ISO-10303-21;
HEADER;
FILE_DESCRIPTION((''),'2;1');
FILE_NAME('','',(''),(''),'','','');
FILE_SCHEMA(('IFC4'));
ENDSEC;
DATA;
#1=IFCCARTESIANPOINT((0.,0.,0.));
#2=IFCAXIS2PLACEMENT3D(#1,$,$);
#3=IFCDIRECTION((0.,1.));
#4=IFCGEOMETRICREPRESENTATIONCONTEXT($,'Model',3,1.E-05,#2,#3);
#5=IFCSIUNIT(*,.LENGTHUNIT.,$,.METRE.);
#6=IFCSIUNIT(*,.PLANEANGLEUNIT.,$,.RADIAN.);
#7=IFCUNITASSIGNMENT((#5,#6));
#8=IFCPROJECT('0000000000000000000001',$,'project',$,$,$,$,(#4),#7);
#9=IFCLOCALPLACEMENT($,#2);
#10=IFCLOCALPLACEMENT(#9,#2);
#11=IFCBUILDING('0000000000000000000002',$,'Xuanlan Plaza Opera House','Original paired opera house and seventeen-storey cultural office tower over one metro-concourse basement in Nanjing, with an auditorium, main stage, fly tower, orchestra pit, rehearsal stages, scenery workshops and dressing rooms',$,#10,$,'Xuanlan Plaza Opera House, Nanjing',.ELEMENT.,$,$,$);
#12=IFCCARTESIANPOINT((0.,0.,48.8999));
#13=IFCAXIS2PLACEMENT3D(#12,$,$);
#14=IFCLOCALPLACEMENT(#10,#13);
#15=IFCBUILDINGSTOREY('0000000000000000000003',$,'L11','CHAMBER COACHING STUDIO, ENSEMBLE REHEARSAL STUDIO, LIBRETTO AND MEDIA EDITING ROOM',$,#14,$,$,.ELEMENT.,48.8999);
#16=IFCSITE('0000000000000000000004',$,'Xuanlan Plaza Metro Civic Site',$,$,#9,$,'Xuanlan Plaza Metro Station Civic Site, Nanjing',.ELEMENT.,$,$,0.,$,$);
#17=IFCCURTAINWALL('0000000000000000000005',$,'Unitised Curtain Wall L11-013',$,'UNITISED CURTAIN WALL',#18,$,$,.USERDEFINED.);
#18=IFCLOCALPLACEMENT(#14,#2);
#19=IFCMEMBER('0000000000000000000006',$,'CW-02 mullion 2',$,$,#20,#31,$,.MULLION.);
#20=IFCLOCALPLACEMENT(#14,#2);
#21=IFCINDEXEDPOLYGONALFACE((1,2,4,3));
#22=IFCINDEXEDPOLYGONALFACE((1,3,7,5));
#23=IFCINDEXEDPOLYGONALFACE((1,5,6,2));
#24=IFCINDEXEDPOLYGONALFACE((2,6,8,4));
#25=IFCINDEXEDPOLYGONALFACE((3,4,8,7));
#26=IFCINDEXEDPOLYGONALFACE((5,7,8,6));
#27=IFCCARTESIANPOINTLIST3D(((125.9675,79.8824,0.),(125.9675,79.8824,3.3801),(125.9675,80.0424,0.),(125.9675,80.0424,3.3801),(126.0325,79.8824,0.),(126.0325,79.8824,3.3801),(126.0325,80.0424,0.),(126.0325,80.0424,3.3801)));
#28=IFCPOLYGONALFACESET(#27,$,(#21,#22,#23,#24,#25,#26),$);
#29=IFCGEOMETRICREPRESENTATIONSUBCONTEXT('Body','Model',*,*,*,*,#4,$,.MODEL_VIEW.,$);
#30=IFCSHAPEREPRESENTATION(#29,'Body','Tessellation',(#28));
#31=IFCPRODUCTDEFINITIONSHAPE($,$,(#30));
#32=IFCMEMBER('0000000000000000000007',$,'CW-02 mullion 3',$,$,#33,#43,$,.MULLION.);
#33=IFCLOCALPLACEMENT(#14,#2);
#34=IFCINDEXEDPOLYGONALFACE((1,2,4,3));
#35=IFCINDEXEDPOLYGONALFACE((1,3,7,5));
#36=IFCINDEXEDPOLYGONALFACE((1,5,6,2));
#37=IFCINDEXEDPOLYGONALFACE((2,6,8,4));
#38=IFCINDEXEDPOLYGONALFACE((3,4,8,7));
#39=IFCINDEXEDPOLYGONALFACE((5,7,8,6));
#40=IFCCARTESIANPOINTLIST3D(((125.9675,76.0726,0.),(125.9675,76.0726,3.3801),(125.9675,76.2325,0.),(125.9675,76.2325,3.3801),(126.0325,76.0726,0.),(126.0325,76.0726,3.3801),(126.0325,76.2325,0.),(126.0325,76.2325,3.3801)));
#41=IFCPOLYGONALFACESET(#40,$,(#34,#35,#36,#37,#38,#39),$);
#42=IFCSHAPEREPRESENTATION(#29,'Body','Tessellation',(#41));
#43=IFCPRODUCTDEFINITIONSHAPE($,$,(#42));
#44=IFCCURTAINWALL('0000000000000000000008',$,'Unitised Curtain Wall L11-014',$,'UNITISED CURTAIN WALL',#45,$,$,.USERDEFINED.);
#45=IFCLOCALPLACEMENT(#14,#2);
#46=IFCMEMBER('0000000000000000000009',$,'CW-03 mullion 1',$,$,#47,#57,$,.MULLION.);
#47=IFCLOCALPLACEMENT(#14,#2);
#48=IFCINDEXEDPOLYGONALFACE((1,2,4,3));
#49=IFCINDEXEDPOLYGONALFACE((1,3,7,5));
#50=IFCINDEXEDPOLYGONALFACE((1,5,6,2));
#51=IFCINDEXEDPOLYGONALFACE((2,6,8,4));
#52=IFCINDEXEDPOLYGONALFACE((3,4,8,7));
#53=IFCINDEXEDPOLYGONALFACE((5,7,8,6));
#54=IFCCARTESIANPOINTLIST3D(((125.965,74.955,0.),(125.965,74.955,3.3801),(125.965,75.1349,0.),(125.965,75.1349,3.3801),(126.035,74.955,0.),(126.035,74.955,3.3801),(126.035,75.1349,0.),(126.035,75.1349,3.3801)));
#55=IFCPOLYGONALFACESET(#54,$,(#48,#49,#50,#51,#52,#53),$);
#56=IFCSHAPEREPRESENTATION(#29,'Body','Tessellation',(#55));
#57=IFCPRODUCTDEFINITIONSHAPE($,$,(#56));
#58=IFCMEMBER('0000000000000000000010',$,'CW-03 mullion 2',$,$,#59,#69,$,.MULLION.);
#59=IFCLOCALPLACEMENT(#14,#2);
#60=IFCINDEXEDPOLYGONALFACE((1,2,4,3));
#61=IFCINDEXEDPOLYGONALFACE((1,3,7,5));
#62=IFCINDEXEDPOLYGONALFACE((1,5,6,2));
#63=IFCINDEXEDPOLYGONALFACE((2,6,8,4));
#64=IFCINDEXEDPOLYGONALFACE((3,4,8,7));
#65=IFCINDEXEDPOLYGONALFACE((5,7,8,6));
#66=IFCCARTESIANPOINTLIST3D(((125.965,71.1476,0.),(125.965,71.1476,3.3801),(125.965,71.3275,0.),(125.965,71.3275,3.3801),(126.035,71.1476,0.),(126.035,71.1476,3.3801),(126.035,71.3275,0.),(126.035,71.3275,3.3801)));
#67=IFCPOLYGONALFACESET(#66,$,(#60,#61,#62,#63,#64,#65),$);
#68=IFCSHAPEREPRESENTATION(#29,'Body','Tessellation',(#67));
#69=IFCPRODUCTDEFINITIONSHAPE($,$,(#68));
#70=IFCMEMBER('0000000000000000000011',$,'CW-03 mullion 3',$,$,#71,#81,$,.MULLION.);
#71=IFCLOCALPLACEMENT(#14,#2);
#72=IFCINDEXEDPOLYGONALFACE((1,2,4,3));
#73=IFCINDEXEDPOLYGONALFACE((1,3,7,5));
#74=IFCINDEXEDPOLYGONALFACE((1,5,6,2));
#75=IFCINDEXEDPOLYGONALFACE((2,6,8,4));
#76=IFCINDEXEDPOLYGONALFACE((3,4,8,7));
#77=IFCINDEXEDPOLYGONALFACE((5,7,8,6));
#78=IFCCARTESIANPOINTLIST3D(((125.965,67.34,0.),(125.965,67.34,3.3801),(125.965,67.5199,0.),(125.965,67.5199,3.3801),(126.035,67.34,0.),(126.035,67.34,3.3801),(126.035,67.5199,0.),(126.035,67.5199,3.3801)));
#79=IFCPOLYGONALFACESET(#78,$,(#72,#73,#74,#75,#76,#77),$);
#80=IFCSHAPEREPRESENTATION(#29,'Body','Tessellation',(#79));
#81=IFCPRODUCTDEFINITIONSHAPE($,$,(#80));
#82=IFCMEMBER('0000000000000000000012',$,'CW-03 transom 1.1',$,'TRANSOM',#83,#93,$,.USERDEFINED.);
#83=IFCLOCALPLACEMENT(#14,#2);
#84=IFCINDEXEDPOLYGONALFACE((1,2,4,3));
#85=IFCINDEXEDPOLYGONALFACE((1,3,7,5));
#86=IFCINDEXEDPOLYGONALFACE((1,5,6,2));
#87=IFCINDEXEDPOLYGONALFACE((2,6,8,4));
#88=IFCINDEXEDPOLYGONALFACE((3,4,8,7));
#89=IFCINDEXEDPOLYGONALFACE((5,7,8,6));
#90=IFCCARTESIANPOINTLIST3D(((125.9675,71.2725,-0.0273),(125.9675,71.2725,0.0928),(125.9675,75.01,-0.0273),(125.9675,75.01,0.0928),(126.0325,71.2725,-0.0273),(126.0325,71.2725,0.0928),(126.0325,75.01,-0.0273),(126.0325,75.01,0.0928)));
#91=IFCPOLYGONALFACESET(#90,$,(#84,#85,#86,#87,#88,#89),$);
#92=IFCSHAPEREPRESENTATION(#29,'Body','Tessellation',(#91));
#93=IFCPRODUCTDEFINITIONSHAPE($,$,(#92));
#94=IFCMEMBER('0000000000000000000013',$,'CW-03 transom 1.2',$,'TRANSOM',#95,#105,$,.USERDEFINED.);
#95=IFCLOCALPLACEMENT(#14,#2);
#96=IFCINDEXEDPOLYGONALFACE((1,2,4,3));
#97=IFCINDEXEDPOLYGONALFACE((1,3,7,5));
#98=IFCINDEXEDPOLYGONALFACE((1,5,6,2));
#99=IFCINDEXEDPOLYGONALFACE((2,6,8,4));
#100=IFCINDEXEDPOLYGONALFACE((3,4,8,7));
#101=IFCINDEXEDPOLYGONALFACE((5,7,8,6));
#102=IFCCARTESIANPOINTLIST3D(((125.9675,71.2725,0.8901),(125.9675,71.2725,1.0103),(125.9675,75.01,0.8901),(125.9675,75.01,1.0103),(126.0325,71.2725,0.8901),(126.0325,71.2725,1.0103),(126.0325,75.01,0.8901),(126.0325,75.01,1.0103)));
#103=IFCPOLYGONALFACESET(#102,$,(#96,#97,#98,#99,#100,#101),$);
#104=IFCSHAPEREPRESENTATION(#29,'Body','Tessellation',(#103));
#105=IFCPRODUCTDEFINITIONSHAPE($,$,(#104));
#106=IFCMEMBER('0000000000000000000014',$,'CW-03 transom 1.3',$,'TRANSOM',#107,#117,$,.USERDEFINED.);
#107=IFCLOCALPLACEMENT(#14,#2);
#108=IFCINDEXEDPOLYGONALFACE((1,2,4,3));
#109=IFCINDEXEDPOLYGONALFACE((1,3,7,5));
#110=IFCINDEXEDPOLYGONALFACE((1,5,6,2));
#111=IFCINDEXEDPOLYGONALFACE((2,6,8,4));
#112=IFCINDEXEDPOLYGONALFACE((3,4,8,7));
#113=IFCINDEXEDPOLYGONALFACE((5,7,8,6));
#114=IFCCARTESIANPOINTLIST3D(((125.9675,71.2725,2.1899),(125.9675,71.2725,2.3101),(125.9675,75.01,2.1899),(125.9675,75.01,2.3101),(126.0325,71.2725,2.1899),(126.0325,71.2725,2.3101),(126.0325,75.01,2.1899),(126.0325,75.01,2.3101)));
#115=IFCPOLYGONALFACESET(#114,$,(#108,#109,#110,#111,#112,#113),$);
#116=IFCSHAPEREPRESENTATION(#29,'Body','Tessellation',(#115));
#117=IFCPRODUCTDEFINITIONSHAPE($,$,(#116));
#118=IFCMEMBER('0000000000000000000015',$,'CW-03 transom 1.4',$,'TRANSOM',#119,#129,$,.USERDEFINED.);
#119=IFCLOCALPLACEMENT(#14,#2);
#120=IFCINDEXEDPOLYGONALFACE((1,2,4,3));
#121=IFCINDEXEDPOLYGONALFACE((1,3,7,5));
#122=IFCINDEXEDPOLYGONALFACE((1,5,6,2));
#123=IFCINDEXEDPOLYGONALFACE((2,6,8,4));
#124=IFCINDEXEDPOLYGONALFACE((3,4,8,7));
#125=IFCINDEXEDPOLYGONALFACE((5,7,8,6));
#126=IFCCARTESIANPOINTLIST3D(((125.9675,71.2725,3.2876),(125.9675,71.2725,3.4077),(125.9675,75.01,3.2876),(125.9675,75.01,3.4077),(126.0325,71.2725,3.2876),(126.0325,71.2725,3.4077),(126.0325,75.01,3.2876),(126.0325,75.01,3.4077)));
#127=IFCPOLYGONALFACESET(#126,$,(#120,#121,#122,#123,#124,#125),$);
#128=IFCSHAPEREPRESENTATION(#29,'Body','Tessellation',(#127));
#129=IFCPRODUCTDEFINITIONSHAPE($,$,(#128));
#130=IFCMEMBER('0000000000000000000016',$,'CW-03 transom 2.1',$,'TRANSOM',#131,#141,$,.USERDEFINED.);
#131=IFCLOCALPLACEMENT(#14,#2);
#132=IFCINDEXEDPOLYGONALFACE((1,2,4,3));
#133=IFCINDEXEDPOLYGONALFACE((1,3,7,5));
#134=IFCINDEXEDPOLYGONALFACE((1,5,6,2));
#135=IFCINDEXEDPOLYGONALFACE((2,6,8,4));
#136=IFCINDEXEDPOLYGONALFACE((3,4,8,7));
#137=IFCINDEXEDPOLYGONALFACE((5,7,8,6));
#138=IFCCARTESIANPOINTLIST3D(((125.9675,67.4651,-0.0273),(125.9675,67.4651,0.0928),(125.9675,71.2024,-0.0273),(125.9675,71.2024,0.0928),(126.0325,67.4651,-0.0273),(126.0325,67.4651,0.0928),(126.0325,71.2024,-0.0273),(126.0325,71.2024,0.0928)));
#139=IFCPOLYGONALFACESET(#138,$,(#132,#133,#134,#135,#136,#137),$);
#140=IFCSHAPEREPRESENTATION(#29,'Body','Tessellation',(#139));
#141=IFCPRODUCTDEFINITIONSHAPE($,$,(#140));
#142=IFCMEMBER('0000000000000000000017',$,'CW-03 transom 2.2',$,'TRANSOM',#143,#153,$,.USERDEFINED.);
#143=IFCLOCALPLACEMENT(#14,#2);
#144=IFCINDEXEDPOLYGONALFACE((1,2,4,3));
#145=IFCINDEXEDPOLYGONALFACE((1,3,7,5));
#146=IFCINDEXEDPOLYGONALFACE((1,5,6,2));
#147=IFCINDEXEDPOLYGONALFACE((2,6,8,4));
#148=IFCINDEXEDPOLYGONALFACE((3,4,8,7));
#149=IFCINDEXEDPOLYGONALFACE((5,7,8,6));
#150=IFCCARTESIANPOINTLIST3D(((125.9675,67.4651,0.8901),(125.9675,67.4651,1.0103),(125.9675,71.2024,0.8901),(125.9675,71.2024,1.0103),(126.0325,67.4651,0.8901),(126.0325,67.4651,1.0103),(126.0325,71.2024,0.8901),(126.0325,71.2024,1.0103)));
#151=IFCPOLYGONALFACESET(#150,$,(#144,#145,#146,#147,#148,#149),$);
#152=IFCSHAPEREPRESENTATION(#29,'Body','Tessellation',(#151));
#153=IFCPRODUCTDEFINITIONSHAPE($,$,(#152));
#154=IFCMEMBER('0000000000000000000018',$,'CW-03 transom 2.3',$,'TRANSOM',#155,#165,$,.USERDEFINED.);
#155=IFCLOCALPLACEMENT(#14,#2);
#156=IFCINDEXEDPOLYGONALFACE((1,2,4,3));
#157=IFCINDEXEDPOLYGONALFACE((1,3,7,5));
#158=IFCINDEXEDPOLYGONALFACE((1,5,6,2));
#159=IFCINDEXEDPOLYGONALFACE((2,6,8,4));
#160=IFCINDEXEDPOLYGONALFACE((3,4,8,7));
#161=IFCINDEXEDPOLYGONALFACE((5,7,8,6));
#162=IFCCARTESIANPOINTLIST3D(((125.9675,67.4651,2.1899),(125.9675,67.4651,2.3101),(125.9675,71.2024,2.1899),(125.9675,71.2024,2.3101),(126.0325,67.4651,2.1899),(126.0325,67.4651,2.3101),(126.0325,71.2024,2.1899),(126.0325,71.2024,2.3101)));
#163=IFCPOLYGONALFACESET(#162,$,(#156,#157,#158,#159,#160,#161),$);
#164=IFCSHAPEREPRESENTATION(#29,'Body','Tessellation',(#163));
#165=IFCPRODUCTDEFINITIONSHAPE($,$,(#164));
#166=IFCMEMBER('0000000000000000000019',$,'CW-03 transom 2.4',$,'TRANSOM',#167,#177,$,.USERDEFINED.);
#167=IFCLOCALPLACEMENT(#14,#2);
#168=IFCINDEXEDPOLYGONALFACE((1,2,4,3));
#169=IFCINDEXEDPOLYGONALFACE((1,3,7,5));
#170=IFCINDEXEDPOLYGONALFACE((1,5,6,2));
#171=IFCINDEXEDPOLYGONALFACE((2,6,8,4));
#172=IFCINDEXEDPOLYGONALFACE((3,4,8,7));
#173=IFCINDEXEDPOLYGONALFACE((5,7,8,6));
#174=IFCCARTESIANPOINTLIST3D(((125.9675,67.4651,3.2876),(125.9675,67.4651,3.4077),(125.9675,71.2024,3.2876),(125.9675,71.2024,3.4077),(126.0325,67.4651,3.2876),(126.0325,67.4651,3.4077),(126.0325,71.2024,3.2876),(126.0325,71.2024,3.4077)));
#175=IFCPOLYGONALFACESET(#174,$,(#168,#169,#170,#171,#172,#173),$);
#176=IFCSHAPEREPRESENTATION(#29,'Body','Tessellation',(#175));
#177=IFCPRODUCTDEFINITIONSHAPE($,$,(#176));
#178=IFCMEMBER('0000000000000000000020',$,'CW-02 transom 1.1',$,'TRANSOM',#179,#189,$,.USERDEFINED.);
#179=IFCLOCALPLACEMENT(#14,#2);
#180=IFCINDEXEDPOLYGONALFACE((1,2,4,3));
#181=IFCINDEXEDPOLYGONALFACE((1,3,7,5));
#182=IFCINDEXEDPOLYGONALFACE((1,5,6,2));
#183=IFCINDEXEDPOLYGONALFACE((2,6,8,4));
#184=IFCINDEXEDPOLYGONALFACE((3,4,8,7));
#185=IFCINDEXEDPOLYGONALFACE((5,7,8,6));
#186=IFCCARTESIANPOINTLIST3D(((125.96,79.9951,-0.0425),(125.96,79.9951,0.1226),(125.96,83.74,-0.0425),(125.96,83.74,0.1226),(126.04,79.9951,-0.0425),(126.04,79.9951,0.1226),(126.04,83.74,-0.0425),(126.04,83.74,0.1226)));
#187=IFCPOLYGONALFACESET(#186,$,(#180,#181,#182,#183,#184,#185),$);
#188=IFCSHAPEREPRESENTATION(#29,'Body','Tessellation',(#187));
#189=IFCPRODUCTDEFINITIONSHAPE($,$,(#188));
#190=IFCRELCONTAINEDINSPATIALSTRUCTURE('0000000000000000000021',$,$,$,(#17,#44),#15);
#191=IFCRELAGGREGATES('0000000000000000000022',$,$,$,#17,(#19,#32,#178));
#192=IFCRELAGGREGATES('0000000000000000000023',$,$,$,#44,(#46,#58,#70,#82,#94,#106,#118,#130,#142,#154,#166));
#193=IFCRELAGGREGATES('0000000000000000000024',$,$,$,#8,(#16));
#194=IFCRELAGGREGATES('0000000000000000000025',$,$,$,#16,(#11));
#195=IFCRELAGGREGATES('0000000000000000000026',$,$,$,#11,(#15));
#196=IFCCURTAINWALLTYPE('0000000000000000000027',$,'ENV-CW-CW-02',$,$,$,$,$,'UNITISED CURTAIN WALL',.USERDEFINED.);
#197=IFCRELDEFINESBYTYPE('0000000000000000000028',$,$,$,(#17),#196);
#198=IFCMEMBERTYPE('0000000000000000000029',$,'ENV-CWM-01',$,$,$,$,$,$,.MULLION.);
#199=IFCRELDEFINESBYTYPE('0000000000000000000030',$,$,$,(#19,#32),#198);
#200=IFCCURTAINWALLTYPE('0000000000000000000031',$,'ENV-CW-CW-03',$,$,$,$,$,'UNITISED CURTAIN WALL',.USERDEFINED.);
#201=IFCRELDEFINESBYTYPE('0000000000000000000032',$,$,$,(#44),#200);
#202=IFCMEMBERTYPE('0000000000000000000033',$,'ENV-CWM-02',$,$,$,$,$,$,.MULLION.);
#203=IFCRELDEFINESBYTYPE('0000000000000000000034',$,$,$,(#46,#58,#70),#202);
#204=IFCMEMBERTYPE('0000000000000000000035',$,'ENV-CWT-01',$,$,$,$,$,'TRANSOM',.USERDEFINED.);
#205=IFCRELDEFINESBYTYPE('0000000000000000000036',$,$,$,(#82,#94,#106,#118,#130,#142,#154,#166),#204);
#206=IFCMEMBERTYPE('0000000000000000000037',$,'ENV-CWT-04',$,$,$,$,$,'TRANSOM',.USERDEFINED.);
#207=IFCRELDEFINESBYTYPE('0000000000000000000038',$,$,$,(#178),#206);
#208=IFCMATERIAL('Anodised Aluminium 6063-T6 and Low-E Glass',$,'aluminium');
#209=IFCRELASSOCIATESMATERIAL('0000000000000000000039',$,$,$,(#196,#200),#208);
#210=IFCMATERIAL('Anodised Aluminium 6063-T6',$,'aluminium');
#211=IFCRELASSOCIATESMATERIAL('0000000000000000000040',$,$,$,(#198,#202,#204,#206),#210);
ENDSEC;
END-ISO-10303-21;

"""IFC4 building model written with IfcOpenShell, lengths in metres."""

from ifc_helpers import new_model, si_unit, direction, frame, origin, origin_2d, place, context, subcontext, project, spatial, rectangle, extrude, material, material_profile, profile_set, type_object, element, aggregate, save


model = new_model("IFC4")

# Units and contexts
model_context = context("Model", 3, precision=1e-05, world=origin(), true_north=direction((0.0, 1.0)))
body_context = subcontext(model_context, "Body", "Model", "MODEL_VIEW")
ifc_project = project(units=[si_unit("LENGTHUNIT", "METRE"), si_unit("PLANEANGLEUNIT", "RADIAN")], contexts=[model_context])

# Site, building, storey
site_placement = place(None, origin())
site = spatial("IfcSite", under=ifc_project, at=site_placement, Name="Xuanlan Plaza Metro Civic Site", LongName="Xuanlan Plaza Metro Station Civic Site, Nanjing", CompositionType="ELEMENT", RefElevation=0.0)
building_placement = place(site_placement, origin())
building = spatial("IfcBuilding", under=site, at=building_placement, Name="Xuanlan Plaza Opera House", Description="Original paired opera house and seventeen-storey cultural office tower over one metro-concourse basement in Nanjing, with an auditorium, main stage, fly tower, orchestra pit, rehearsal stages, scenery workshops and dressing rooms", LongName="Xuanlan Plaza Opera House, Nanjing", CompositionType="ELEMENT")
storey_placement = place(building_placement, frame((0.0, 0.0, 48.8999)))
storey = spatial("IfcBuildingStorey", under=building, at=storey_placement, Name="L11", Description="CHAMBER COACHING STUDIO, ENSEMBLE REHEARSAL STUDIO, LIBRETTO AND MEDIA EDITING ROOM", CompositionType="ELEMENT", Elevation=48.8999)

# Curtain walls, members
ifc_material_1 = material(Name="Anodised Aluminium 6063-T6 and Low-E Glass", Category="aluminium")
curtain_wall_type_1 = type_object("IfcCurtainWallType", Name="ENV-CW-CW-02", ElementType="UNITISED CURTAIN WALL", PredefinedType="USERDEFINED", material=ifc_material_1)
curtain_wall_1_placement = place(storey_placement, origin())
curtain_wall_1 = element("IfcCurtainWall", 1, at=curtain_wall_1_placement, inside=storey, type_object=curtain_wall_type_1, Name="Unitised Curtain Wall L11-013", ObjectType="UNITISED CURTAIN WALL", PredefinedType="USERDEFINED")
ifc_material_2 = material(Name="Anodised Aluminium 6063-T6", Category="aluminium")
ifc_material_profile_1 = material_profile(ifc_material_2, rectangle(XDim=0.0649, YDim=0.1599, at=origin_2d()), Name="ALU-M 65x160")
ifc_profile_set_1 = profile_set([ifc_material_profile_1], Name="Anodised Aluminium 6063-T6")
member_type_1 = type_object("IfcMemberType", Name="ENV-CWM-01", PredefinedType="MULLION", material=ifc_profile_set_1)
member_1_placement = place(storey_placement, frame((126.0, 79.9624, 0.0), z_axis=(0.0, 0.0, 1.0), x_axis=(1.0, 0.0, 0.0)))
member_1 = element("IfcMember", 2, at=member_1_placement, type_object=member_type_1, Name="CW-02 mullion 2", PredefinedType="MULLION", context=body_context, shape_type="SweptSolid", body=[
    extrude(rectangle(XDim=0.0649, YDim=0.1599, at=origin_2d()), origin(), (0.0, 0.0, 1.0), 3.3801),
])
member_2_placement = place(storey_placement, frame((126.0, 76.1526, 0.0), z_axis=(0.0, 0.0, 1.0), x_axis=(1.0, 0.0, 0.0)))
member_2 = element("IfcMember", 3, at=member_2_placement, type_object=member_type_1, Name="CW-02 mullion 3", PredefinedType="MULLION", context=body_context, shape_type="SweptSolid", body=[
    extrude(rectangle(XDim=0.0649, YDim=0.1599, at=origin_2d()), origin(), (0.0, 0.0, 1.0), 3.3801),
])
curtain_wall_type_2 = type_object("IfcCurtainWallType", Name="ENV-CW-CW-03", ElementType="UNITISED CURTAIN WALL", PredefinedType="USERDEFINED", material=ifc_material_1)
curtain_wall_2_placement = place(storey_placement, origin())
curtain_wall_2 = element("IfcCurtainWall", 4, at=curtain_wall_2_placement, inside=storey, type_object=curtain_wall_type_2, Name="Unitised Curtain Wall L11-014", ObjectType="UNITISED CURTAIN WALL", PredefinedType="USERDEFINED")
ifc_material_profile_2 = material_profile(ifc_material_2, rectangle(XDim=0.0701, YDim=0.1799, at=origin_2d()), Name="ALU-M 70x180")
ifc_profile_set_2 = profile_set([ifc_material_profile_2], Name="Anodised Aluminium 6063-T6")
member_type_2 = type_object("IfcMemberType", Name="ENV-CWM-02", PredefinedType="MULLION", material=ifc_profile_set_2)
member_3_placement = place(storey_placement, frame((126.0, 75.0449, 0.0), z_axis=(0.0, 0.0, 1.0), x_axis=(1.0, 0.0, 0.0)))
member_3 = element("IfcMember", 5, at=member_3_placement, type_object=member_type_2, Name="CW-03 mullion 1", PredefinedType="MULLION", context=body_context, shape_type="SweptSolid", body=[
    extrude(rectangle(XDim=0.0701, YDim=0.1799, at=origin_2d()), origin(), (0.0, 0.0, 1.0), 3.3801),
])
member_4_placement = place(storey_placement, frame((126.0, 71.2375, 0.0), z_axis=(0.0, 0.0, 1.0), x_axis=(1.0, 0.0, 0.0)))
member_4 = element("IfcMember", 6, at=member_4_placement, type_object=member_type_2, Name="CW-03 mullion 2", PredefinedType="MULLION", context=body_context, shape_type="SweptSolid", body=[
    extrude(rectangle(XDim=0.0701, YDim=0.1799, at=origin_2d()), origin(), (0.0, 0.0, 1.0), 3.3801),
])
member_5_placement = place(storey_placement, frame((126.0, 67.4299, 0.0), z_axis=(0.0, 0.0, 1.0), x_axis=(1.0, 0.0, 0.0)))
member_5 = element("IfcMember", 7, at=member_5_placement, type_object=member_type_2, Name="CW-03 mullion 3", PredefinedType="MULLION", context=body_context, shape_type="SweptSolid", body=[
    extrude(rectangle(XDim=0.0701, YDim=0.1799, at=origin_2d()), origin(), (0.0, 0.0, 1.0), 3.3801),
])
ifc_material_profile_3 = material_profile(ifc_material_2, rectangle(XDim=0.0649, YDim=0.1201, at=origin_2d()), Name="ALU-T 65x120")
ifc_profile_set_3 = profile_set([ifc_material_profile_3], Name="Anodised Aluminium 6063-T6")
member_type_3 = type_object("IfcMemberType", Name="ENV-CWT-01", ElementType="TRANSOM", PredefinedType="USERDEFINED", material=ifc_profile_set_3)
member_6_placement = place(storey_placement, frame((126.0, 75.01, 0.0327), z_axis=(0.0, -1.0, 0.0), x_axis=(1.0, 0.0, 0.0)))
member_6 = element("IfcMember", 8, at=member_6_placement, type_object=member_type_3, Name="CW-03 transom 1.1", ObjectType="TRANSOM", PredefinedType="USERDEFINED", context=body_context, shape_type="SweptSolid", body=[
    extrude(rectangle(XDim=0.0649, YDim=0.1201, at=origin_2d()), origin(), (0.0, 0.0, 1.0), 3.7375),
])
member_7_placement = place(storey_placement, frame((126.0, 75.01, 0.9502), z_axis=(0.0, -1.0, 0.0), x_axis=(1.0, 0.0, 0.0)))
member_7 = element("IfcMember", 9, at=member_7_placement, type_object=member_type_3, Name="CW-03 transom 1.2", ObjectType="TRANSOM", PredefinedType="USERDEFINED", context=body_context, shape_type="SweptSolid", body=[
    extrude(rectangle(XDim=0.0649, YDim=0.1201, at=origin_2d()), origin(), (0.0, 0.0, 1.0), 3.7375),
])
member_8_placement = place(storey_placement, frame((126.0, 75.01, 2.25), z_axis=(0.0, -1.0, 0.0), x_axis=(1.0, 0.0, 0.0)))
member_8 = element("IfcMember", 10, at=member_8_placement, type_object=member_type_3, Name="CW-03 transom 1.3", ObjectType="TRANSOM", PredefinedType="USERDEFINED", context=body_context, shape_type="SweptSolid", body=[
    extrude(rectangle(XDim=0.0649, YDim=0.1201, at=origin_2d()), origin(), (0.0, 0.0, 1.0), 3.7375),
])
member_9_placement = place(storey_placement, frame((126.0, 75.01, 3.3477), z_axis=(0.0, -1.0, 0.0), x_axis=(1.0, 0.0, 0.0)))
member_9 = element("IfcMember", 11, at=member_9_placement, type_object=member_type_3, Name="CW-03 transom 1.4", ObjectType="TRANSOM", PredefinedType="USERDEFINED", context=body_context, shape_type="SweptSolid", body=[
    extrude(rectangle(XDim=0.0649, YDim=0.1201, at=origin_2d()), origin(), (0.0, 0.0, 1.0), 3.7375),
])
member_10_placement = place(storey_placement, frame((126.0, 71.2024, 0.0327), z_axis=(0.0, -1.0, 0.0), x_axis=(1.0, 0.0, 0.0)))
member_10 = element("IfcMember", 12, at=member_10_placement, type_object=member_type_3, Name="CW-03 transom 2.1", ObjectType="TRANSOM", PredefinedType="USERDEFINED", context=body_context, shape_type="SweptSolid", body=[
    extrude(rectangle(XDim=0.0649, YDim=0.1201, at=origin_2d()), origin(), (0.0, 0.0, 1.0), 3.7373),
])
member_11_placement = place(storey_placement, frame((126.0, 71.2024, 0.9502), z_axis=(0.0, -1.0, 0.0), x_axis=(1.0, 0.0, 0.0)))
member_11 = element("IfcMember", 13, at=member_11_placement, type_object=member_type_3, Name="CW-03 transom 2.2", ObjectType="TRANSOM", PredefinedType="USERDEFINED", context=body_context, shape_type="SweptSolid", body=[
    extrude(rectangle(XDim=0.0649, YDim=0.1201, at=origin_2d()), origin(), (0.0, 0.0, 1.0), 3.7373),
])
member_12_placement = place(storey_placement, frame((126.0, 71.2024, 2.25), z_axis=(0.0, -1.0, 0.0), x_axis=(1.0, 0.0, 0.0)))
member_12 = element("IfcMember", 14, at=member_12_placement, type_object=member_type_3, Name="CW-03 transom 2.3", ObjectType="TRANSOM", PredefinedType="USERDEFINED", context=body_context, shape_type="SweptSolid", body=[
    extrude(rectangle(XDim=0.0649, YDim=0.1201, at=origin_2d()), origin(), (0.0, 0.0, 1.0), 3.7373),
])
member_13_placement = place(storey_placement, frame((126.0, 71.2024, 3.3477), z_axis=(0.0, -1.0, 0.0), x_axis=(1.0, 0.0, 0.0)))
member_13 = element("IfcMember", 15, at=member_13_placement, type_object=member_type_3, Name="CW-03 transom 2.4", ObjectType="TRANSOM", PredefinedType="USERDEFINED", context=body_context, shape_type="SweptSolid", body=[
    extrude(rectangle(XDim=0.0649, YDim=0.1201, at=origin_2d()), origin(), (0.0, 0.0, 1.0), 3.7373),
])

# Member
ifc_material_profile_4 = material_profile(ifc_material_2, rectangle(XDim=0.0801, YDim=0.165, at=origin_2d()), Name="ALU-T 80x165")
ifc_profile_set_4 = profile_set([ifc_material_profile_4], Name="Anodised Aluminium 6063-T6")
member_type_4 = type_object("IfcMemberType", Name="ENV-CWT-04", ElementType="TRANSOM", PredefinedType="USERDEFINED", material=ifc_profile_set_4)
member_14_placement = place(storey_placement, frame((126.0, 83.74, 0.04), z_axis=(0.0, -1.0, 0.0), x_axis=(1.0, 0.0, 0.0)))
member_14 = element("IfcMember", 16, at=member_14_placement, type_object=member_type_4, Name="CW-02 transom 1.1", ObjectType="TRANSOM", PredefinedType="USERDEFINED", context=body_context, shape_type="SweptSolid", body=[
    extrude(rectangle(XDim=0.0801, YDim=0.165, at=origin_2d()), origin(), (0.0, 0.0, 1.0), 3.7449),
])

aggregate(curtain_wall_1, [member_1, member_2, member_14])
aggregate(curtain_wall_2, [member_3, member_4, member_5, member_6, member_7, member_8, member_9, member_10, member_11, member_12, member_13])

save(model, "model.ifc")
